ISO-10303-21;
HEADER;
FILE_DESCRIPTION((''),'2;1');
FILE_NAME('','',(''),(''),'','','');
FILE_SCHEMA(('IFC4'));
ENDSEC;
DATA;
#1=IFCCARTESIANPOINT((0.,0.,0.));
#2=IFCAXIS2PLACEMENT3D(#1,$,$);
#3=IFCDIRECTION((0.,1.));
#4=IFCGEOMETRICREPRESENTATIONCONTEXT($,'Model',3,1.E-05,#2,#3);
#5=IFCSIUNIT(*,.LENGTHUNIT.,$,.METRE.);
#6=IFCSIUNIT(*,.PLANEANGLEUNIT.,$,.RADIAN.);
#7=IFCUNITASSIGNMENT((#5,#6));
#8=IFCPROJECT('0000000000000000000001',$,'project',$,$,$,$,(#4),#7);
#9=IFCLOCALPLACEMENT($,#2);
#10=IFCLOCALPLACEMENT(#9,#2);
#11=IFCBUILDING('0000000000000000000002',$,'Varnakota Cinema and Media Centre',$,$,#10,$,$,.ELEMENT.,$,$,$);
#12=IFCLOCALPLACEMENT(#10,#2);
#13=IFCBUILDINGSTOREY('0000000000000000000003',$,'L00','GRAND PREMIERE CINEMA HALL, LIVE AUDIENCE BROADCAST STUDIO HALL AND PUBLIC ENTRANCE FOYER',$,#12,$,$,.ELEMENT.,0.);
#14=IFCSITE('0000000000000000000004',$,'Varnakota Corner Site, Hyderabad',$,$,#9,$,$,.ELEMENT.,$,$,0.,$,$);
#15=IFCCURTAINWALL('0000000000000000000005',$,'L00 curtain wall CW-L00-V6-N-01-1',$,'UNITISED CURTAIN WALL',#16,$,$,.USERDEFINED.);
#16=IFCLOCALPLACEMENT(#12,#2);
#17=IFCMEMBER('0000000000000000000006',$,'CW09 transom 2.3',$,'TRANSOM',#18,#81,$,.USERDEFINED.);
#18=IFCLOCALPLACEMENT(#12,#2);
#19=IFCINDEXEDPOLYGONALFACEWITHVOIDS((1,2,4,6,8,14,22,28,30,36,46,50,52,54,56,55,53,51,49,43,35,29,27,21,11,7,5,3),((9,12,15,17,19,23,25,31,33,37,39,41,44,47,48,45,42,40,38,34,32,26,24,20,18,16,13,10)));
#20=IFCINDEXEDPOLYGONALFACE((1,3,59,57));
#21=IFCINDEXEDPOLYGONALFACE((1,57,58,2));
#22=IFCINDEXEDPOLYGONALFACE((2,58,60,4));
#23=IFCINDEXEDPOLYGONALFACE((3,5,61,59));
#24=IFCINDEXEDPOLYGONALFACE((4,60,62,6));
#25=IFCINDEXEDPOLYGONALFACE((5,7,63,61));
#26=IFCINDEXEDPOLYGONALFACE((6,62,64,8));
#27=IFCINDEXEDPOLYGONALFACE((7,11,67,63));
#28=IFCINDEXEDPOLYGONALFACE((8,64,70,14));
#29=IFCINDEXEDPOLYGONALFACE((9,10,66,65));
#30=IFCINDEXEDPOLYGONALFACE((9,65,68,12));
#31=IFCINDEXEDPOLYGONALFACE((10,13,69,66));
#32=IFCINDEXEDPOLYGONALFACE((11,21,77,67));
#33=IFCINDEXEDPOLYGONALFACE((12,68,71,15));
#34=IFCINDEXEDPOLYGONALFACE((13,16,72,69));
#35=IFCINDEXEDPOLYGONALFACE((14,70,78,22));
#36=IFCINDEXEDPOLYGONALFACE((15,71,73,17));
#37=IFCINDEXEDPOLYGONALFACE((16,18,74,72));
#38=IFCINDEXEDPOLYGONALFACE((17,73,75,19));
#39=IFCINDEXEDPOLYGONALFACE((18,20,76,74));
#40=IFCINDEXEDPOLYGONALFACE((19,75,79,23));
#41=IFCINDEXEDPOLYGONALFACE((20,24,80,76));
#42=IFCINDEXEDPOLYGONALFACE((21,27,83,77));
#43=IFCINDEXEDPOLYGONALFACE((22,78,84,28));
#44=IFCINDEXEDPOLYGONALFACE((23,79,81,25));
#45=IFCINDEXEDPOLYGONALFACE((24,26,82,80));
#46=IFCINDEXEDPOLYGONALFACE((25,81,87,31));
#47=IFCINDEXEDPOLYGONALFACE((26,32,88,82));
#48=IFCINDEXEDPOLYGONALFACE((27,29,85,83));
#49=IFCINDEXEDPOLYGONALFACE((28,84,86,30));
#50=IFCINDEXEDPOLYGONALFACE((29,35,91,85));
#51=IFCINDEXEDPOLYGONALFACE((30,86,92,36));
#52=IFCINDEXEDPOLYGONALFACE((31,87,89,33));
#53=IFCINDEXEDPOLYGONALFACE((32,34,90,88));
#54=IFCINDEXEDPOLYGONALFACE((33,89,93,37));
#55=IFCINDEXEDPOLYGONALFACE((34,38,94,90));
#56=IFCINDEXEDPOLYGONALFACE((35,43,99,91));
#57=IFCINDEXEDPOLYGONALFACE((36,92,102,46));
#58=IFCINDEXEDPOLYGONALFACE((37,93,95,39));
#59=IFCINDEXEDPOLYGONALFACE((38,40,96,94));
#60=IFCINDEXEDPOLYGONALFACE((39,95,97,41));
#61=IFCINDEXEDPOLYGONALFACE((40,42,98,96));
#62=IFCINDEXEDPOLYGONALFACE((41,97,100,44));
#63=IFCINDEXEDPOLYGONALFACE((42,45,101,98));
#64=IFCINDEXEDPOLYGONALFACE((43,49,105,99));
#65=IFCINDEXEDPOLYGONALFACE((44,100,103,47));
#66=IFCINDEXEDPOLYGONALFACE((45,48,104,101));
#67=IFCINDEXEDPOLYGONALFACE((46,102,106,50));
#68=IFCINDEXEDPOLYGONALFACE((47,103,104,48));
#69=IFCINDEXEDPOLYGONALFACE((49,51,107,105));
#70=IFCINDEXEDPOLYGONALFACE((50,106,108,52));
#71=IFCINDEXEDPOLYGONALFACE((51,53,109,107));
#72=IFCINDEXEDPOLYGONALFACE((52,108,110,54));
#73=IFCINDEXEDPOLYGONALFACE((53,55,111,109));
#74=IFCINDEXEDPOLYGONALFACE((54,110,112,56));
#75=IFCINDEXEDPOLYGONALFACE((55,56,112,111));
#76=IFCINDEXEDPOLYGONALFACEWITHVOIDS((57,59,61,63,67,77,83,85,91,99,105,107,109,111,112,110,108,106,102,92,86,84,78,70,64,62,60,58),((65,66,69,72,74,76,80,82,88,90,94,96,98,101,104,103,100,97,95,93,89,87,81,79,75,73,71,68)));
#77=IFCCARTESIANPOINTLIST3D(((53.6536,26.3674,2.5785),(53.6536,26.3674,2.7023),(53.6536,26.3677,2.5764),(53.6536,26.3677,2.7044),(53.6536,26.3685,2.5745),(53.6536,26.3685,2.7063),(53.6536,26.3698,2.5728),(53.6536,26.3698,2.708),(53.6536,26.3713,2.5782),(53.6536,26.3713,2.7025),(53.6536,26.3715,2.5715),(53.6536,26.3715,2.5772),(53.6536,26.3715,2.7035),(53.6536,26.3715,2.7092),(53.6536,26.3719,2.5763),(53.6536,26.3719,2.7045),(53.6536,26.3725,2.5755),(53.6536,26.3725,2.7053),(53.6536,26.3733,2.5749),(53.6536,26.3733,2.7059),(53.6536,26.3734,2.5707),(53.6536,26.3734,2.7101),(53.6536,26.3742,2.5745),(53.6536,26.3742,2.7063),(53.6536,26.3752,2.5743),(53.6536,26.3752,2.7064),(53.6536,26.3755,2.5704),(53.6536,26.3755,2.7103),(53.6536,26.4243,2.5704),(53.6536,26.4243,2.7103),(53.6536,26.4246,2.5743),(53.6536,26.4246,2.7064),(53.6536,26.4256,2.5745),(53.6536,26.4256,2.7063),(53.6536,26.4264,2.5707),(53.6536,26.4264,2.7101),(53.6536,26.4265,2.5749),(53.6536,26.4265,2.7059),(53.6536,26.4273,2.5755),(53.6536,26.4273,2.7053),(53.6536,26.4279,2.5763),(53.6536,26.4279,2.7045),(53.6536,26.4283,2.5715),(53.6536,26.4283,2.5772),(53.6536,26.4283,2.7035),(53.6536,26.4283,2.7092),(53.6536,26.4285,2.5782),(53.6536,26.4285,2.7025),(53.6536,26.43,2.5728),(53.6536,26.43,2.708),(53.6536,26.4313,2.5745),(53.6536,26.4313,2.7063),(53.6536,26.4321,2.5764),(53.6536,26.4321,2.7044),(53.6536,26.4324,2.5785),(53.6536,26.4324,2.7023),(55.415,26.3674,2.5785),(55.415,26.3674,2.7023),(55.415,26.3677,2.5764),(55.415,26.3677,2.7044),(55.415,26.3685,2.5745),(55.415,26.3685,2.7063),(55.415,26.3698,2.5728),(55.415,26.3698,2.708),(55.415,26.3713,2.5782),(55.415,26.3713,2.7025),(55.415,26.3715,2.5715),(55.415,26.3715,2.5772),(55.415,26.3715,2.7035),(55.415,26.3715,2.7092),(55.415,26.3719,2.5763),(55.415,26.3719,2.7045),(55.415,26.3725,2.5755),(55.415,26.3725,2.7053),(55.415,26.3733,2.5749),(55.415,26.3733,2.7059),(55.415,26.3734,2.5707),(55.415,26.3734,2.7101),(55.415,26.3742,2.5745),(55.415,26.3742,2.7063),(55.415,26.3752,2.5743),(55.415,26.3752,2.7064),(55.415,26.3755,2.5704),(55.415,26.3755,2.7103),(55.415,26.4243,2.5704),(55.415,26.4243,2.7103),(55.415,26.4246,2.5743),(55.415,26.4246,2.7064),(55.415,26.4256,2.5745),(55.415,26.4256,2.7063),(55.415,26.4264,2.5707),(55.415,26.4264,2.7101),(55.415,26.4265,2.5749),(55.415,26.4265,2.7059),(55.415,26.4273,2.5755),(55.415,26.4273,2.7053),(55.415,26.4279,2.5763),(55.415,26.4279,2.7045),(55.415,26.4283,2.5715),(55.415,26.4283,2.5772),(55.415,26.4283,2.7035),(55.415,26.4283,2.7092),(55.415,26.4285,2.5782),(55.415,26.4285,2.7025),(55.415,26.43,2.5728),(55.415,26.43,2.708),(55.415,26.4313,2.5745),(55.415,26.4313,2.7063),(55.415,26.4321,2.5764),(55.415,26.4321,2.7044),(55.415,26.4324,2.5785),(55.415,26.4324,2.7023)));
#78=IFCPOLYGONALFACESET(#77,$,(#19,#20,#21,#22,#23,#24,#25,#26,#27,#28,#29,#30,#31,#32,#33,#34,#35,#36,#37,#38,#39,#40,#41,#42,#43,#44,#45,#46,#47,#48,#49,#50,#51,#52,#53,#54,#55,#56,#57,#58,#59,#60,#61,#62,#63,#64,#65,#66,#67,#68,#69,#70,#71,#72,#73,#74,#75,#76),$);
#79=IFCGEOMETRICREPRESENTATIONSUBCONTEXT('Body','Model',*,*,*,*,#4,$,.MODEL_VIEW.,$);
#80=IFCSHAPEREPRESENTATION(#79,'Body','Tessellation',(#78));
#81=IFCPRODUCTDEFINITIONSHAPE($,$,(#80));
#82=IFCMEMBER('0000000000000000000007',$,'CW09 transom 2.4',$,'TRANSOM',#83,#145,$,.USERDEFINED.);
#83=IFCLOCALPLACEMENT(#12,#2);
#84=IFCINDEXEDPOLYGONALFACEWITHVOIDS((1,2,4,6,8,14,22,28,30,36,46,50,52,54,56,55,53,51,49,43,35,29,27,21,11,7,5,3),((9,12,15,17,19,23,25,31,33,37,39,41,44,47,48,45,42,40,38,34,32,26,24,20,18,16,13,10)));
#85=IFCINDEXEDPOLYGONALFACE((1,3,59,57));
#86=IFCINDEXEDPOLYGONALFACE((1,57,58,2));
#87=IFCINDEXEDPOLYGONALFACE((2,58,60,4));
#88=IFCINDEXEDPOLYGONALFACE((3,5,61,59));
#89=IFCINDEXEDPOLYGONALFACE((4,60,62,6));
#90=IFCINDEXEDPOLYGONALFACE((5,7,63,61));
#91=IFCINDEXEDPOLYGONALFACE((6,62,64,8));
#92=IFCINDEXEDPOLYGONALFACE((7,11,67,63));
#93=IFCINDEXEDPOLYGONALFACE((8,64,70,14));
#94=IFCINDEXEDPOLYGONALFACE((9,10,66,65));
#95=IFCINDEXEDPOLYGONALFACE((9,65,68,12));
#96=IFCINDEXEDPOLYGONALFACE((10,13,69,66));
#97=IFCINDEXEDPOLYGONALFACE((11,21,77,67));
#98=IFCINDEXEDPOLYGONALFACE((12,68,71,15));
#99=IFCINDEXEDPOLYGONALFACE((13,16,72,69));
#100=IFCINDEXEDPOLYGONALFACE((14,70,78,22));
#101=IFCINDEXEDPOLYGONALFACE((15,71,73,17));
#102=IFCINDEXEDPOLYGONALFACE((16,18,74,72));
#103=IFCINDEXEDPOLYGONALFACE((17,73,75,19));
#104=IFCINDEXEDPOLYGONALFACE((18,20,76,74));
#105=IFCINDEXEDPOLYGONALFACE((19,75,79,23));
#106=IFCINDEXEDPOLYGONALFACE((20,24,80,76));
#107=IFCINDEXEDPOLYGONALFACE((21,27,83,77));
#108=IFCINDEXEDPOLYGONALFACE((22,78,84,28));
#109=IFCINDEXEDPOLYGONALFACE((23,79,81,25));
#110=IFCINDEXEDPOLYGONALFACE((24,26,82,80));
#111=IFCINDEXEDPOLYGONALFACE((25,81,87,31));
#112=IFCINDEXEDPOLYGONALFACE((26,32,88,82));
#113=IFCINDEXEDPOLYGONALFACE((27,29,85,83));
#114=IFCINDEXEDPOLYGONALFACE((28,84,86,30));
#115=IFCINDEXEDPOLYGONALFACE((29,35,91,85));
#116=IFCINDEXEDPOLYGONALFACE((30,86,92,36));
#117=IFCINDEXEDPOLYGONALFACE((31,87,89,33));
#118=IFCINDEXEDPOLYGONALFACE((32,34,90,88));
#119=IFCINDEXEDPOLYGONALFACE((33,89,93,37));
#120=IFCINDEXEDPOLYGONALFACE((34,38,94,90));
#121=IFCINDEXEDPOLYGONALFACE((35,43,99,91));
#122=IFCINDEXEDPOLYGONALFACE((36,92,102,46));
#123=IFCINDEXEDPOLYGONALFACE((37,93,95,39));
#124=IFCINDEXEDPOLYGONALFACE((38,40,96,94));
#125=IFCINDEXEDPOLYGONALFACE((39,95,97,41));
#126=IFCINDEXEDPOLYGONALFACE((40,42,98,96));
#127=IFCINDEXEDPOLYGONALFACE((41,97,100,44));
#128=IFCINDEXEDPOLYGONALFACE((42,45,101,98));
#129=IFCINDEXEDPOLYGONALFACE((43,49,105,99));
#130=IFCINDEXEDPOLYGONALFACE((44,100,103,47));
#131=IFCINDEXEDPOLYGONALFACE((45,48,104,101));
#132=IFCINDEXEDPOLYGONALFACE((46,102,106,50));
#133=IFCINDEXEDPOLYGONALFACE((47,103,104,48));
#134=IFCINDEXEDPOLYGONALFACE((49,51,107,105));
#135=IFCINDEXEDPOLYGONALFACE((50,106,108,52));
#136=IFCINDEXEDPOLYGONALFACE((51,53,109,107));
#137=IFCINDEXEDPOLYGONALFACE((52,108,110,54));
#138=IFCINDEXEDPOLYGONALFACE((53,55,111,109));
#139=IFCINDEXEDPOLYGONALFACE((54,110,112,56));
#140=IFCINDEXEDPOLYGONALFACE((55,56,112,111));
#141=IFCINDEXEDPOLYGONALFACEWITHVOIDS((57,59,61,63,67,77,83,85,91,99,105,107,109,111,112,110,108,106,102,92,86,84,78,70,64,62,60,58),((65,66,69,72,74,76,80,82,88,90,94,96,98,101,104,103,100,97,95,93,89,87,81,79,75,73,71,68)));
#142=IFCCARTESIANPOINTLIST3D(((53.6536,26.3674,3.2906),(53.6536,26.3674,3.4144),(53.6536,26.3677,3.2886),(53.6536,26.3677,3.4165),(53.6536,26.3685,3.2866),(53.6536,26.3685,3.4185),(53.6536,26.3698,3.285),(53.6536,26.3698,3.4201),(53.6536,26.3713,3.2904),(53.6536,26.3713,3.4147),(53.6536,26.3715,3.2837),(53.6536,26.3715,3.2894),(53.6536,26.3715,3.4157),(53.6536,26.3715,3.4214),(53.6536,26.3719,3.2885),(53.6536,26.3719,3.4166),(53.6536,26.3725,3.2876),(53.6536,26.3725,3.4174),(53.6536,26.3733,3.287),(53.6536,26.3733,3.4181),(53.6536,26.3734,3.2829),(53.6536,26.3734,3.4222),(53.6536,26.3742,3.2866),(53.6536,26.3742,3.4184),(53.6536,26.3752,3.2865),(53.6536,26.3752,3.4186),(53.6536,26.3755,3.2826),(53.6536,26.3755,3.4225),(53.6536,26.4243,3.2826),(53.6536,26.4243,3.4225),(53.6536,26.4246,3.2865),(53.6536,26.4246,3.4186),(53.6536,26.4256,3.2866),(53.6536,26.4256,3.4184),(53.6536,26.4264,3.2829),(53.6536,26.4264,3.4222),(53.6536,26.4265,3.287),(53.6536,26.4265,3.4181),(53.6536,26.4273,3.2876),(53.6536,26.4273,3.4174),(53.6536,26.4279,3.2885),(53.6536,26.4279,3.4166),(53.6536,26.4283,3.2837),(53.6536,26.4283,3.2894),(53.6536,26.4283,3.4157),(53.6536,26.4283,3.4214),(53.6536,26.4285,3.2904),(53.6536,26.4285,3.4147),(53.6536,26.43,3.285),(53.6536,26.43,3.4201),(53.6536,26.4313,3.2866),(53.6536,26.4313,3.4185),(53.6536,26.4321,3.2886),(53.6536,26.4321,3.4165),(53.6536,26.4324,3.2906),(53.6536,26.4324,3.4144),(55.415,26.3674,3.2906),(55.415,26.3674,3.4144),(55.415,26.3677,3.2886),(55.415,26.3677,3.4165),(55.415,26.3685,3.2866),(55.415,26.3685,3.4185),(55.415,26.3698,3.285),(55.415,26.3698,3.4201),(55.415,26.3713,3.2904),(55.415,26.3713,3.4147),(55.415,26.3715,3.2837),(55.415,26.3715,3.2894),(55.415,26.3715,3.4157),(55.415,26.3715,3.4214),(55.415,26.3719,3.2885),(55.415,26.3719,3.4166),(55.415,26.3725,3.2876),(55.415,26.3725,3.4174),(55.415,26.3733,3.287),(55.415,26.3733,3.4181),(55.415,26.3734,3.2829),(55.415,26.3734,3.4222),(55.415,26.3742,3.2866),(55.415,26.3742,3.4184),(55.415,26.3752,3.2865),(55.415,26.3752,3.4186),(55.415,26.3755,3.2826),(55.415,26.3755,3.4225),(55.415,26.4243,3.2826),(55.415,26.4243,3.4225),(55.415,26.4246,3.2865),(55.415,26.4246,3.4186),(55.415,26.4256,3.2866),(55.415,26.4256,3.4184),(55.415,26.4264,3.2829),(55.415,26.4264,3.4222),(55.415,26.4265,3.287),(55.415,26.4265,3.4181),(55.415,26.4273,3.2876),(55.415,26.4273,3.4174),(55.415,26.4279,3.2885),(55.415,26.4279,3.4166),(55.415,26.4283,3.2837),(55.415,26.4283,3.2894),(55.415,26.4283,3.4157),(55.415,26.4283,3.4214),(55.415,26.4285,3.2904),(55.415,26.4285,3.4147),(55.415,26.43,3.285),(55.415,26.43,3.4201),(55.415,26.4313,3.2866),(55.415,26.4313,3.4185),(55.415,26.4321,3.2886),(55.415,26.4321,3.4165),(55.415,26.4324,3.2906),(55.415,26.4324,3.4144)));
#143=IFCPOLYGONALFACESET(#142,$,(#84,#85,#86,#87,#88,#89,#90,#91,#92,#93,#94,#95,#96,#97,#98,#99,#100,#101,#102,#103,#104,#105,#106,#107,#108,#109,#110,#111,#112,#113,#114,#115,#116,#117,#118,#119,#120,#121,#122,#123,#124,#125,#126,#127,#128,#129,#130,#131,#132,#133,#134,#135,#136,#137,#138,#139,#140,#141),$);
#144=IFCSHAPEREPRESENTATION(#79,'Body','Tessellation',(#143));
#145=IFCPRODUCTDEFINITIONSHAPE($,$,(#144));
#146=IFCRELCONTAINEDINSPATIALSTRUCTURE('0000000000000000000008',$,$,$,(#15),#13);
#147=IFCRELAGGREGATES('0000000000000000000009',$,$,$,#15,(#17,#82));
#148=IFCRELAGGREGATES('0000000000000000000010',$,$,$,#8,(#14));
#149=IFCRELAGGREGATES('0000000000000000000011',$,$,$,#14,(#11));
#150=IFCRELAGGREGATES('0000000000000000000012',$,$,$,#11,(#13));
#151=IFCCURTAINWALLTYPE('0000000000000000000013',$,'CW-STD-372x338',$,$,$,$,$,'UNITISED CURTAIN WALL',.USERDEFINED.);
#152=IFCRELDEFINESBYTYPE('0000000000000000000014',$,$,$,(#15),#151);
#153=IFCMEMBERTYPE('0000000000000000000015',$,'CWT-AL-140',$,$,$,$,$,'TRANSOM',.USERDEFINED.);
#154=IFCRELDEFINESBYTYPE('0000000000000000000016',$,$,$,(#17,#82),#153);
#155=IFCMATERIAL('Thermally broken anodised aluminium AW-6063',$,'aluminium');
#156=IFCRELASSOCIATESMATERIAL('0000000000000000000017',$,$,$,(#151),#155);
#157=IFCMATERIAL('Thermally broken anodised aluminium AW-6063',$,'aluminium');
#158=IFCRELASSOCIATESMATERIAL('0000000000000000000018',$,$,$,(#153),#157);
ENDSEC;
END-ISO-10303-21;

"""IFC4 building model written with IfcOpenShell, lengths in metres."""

from ifc_helpers import new_model, si_unit, direction, frame, origin, origin_2d, place, context, subcontext, project, spatial, hollow_rectangle, extrude, material, material_profile, profile_set, type_object, element, aggregate, save


model = new_model("IFC4")

# Units and contexts
model_context = context("Model", 3, precision=1e-05, world=origin(), true_north=direction((0.0, 1.0)))
body_context = subcontext(model_context, "Body", "Model", "MODEL_VIEW")
ifc_project = project(units=[si_unit("LENGTHUNIT", "METRE"), si_unit("PLANEANGLEUNIT", "RADIAN")], contexts=[model_context])

# Site, building, storey
site_placement = place(None, origin())
site = spatial("IfcSite", under=ifc_project, at=site_placement, Name="Varnakota Corner Site, Hyderabad", CompositionType="ELEMENT", RefElevation=0.0)
building_placement = place(site_placement, origin())
building = spatial("IfcBuilding", under=site, at=building_placement, Name="Varnakota Cinema and Media Centre", CompositionType="ELEMENT")
storey_placement = place(building_placement, origin())
storey = spatial("IfcBuildingStorey", under=building, at=storey_placement, Name="L00", Description="GRAND PREMIERE CINEMA HALL, LIVE AUDIENCE BROADCAST STUDIO HALL AND PUBLIC ENTRANCE FOYER", CompositionType="ELEMENT", Elevation=0.0)

# Curtain wall
ifc_material_1 = material(Name="Thermally broken anodised aluminium AW-6063", Category="aluminium")
curtain_wall_type_1 = type_object("IfcCurtainWallType", Name="CW-STD-372x338", ElementType="UNITISED CURTAIN WALL", PredefinedType="USERDEFINED", material=ifc_material_1)
curtain_wall_1_placement = place(storey_placement, origin())
curtain_wall_1 = element("IfcCurtainWall", 1, at=curtain_wall_1_placement, inside=storey, type_object=curtain_wall_type_1, Name="L00 curtain wall CW-L00-V6-N-01-1", ObjectType="UNITISED CURTAIN WALL", PredefinedType="USERDEFINED")

# Members
ifc_material_2 = material(Name="Thermally broken anodised aluminium AW-6063", Category="aluminium")
ifc_material_profile_1 = material_profile(ifc_material_2, hollow_rectangle(XDim=0.0649, YDim=0.1399, WallThickness=0.0039, InnerFilletRadius=0.0039, OuterFilletRadius=0.0081, at=origin_2d()), Name="AL-TRANSOM 140x65x4")
ifc_profile_set_1 = profile_set([ifc_material_profile_1], Name="Thermally broken anodised aluminium AW-6063")
member_type_1 = type_object("IfcMemberType", Name="CWT-AL-140", ElementType="TRANSOM", PredefinedType="USERDEFINED", material=ifc_profile_set_1)
member_1_placement = place(storey_placement, frame((53.6536, 26.3999, 2.6404), z_axis=(1.0, 0.0, 0.0), x_axis=(0.0, 1.0, 0.0)))
member_1 = element("IfcMember", 2, at=member_1_placement, type_object=member_type_1, Name="CW09 transom 2.3", ObjectType="TRANSOM", PredefinedType="USERDEFINED", context=body_context, shape_type="SweptSolid", body=[
    extrude(hollow_rectangle(XDim=0.0649, YDim=0.1399, WallThickness=0.0039, InnerFilletRadius=0.0039, OuterFilletRadius=0.0081, at=origin_2d()), origin(), (0.0, 0.0, 1.0), 1.7615),
])
member_2_placement = place(storey_placement, frame((53.6536, 26.3999, 3.3525), z_axis=(1.0, 0.0, 0.0), x_axis=(0.0, 1.0, 0.0)))
member_2 = element("IfcMember", 3, at=member_2_placement, type_object=member_type_1, Name="CW09 transom 2.4", ObjectType="TRANSOM", PredefinedType="USERDEFINED", context=body_context, shape_type="SweptSolid", body=[
    extrude(hollow_rectangle(XDim=0.0649, YDim=0.1399, WallThickness=0.0039, InnerFilletRadius=0.0039, OuterFilletRadius=0.0081, at=origin_2d()), origin(), (0.0, 0.0, 1.0), 1.7615),
])

aggregate(curtain_wall_1, [member_1, member_2])

save(model, "model.ifc")
